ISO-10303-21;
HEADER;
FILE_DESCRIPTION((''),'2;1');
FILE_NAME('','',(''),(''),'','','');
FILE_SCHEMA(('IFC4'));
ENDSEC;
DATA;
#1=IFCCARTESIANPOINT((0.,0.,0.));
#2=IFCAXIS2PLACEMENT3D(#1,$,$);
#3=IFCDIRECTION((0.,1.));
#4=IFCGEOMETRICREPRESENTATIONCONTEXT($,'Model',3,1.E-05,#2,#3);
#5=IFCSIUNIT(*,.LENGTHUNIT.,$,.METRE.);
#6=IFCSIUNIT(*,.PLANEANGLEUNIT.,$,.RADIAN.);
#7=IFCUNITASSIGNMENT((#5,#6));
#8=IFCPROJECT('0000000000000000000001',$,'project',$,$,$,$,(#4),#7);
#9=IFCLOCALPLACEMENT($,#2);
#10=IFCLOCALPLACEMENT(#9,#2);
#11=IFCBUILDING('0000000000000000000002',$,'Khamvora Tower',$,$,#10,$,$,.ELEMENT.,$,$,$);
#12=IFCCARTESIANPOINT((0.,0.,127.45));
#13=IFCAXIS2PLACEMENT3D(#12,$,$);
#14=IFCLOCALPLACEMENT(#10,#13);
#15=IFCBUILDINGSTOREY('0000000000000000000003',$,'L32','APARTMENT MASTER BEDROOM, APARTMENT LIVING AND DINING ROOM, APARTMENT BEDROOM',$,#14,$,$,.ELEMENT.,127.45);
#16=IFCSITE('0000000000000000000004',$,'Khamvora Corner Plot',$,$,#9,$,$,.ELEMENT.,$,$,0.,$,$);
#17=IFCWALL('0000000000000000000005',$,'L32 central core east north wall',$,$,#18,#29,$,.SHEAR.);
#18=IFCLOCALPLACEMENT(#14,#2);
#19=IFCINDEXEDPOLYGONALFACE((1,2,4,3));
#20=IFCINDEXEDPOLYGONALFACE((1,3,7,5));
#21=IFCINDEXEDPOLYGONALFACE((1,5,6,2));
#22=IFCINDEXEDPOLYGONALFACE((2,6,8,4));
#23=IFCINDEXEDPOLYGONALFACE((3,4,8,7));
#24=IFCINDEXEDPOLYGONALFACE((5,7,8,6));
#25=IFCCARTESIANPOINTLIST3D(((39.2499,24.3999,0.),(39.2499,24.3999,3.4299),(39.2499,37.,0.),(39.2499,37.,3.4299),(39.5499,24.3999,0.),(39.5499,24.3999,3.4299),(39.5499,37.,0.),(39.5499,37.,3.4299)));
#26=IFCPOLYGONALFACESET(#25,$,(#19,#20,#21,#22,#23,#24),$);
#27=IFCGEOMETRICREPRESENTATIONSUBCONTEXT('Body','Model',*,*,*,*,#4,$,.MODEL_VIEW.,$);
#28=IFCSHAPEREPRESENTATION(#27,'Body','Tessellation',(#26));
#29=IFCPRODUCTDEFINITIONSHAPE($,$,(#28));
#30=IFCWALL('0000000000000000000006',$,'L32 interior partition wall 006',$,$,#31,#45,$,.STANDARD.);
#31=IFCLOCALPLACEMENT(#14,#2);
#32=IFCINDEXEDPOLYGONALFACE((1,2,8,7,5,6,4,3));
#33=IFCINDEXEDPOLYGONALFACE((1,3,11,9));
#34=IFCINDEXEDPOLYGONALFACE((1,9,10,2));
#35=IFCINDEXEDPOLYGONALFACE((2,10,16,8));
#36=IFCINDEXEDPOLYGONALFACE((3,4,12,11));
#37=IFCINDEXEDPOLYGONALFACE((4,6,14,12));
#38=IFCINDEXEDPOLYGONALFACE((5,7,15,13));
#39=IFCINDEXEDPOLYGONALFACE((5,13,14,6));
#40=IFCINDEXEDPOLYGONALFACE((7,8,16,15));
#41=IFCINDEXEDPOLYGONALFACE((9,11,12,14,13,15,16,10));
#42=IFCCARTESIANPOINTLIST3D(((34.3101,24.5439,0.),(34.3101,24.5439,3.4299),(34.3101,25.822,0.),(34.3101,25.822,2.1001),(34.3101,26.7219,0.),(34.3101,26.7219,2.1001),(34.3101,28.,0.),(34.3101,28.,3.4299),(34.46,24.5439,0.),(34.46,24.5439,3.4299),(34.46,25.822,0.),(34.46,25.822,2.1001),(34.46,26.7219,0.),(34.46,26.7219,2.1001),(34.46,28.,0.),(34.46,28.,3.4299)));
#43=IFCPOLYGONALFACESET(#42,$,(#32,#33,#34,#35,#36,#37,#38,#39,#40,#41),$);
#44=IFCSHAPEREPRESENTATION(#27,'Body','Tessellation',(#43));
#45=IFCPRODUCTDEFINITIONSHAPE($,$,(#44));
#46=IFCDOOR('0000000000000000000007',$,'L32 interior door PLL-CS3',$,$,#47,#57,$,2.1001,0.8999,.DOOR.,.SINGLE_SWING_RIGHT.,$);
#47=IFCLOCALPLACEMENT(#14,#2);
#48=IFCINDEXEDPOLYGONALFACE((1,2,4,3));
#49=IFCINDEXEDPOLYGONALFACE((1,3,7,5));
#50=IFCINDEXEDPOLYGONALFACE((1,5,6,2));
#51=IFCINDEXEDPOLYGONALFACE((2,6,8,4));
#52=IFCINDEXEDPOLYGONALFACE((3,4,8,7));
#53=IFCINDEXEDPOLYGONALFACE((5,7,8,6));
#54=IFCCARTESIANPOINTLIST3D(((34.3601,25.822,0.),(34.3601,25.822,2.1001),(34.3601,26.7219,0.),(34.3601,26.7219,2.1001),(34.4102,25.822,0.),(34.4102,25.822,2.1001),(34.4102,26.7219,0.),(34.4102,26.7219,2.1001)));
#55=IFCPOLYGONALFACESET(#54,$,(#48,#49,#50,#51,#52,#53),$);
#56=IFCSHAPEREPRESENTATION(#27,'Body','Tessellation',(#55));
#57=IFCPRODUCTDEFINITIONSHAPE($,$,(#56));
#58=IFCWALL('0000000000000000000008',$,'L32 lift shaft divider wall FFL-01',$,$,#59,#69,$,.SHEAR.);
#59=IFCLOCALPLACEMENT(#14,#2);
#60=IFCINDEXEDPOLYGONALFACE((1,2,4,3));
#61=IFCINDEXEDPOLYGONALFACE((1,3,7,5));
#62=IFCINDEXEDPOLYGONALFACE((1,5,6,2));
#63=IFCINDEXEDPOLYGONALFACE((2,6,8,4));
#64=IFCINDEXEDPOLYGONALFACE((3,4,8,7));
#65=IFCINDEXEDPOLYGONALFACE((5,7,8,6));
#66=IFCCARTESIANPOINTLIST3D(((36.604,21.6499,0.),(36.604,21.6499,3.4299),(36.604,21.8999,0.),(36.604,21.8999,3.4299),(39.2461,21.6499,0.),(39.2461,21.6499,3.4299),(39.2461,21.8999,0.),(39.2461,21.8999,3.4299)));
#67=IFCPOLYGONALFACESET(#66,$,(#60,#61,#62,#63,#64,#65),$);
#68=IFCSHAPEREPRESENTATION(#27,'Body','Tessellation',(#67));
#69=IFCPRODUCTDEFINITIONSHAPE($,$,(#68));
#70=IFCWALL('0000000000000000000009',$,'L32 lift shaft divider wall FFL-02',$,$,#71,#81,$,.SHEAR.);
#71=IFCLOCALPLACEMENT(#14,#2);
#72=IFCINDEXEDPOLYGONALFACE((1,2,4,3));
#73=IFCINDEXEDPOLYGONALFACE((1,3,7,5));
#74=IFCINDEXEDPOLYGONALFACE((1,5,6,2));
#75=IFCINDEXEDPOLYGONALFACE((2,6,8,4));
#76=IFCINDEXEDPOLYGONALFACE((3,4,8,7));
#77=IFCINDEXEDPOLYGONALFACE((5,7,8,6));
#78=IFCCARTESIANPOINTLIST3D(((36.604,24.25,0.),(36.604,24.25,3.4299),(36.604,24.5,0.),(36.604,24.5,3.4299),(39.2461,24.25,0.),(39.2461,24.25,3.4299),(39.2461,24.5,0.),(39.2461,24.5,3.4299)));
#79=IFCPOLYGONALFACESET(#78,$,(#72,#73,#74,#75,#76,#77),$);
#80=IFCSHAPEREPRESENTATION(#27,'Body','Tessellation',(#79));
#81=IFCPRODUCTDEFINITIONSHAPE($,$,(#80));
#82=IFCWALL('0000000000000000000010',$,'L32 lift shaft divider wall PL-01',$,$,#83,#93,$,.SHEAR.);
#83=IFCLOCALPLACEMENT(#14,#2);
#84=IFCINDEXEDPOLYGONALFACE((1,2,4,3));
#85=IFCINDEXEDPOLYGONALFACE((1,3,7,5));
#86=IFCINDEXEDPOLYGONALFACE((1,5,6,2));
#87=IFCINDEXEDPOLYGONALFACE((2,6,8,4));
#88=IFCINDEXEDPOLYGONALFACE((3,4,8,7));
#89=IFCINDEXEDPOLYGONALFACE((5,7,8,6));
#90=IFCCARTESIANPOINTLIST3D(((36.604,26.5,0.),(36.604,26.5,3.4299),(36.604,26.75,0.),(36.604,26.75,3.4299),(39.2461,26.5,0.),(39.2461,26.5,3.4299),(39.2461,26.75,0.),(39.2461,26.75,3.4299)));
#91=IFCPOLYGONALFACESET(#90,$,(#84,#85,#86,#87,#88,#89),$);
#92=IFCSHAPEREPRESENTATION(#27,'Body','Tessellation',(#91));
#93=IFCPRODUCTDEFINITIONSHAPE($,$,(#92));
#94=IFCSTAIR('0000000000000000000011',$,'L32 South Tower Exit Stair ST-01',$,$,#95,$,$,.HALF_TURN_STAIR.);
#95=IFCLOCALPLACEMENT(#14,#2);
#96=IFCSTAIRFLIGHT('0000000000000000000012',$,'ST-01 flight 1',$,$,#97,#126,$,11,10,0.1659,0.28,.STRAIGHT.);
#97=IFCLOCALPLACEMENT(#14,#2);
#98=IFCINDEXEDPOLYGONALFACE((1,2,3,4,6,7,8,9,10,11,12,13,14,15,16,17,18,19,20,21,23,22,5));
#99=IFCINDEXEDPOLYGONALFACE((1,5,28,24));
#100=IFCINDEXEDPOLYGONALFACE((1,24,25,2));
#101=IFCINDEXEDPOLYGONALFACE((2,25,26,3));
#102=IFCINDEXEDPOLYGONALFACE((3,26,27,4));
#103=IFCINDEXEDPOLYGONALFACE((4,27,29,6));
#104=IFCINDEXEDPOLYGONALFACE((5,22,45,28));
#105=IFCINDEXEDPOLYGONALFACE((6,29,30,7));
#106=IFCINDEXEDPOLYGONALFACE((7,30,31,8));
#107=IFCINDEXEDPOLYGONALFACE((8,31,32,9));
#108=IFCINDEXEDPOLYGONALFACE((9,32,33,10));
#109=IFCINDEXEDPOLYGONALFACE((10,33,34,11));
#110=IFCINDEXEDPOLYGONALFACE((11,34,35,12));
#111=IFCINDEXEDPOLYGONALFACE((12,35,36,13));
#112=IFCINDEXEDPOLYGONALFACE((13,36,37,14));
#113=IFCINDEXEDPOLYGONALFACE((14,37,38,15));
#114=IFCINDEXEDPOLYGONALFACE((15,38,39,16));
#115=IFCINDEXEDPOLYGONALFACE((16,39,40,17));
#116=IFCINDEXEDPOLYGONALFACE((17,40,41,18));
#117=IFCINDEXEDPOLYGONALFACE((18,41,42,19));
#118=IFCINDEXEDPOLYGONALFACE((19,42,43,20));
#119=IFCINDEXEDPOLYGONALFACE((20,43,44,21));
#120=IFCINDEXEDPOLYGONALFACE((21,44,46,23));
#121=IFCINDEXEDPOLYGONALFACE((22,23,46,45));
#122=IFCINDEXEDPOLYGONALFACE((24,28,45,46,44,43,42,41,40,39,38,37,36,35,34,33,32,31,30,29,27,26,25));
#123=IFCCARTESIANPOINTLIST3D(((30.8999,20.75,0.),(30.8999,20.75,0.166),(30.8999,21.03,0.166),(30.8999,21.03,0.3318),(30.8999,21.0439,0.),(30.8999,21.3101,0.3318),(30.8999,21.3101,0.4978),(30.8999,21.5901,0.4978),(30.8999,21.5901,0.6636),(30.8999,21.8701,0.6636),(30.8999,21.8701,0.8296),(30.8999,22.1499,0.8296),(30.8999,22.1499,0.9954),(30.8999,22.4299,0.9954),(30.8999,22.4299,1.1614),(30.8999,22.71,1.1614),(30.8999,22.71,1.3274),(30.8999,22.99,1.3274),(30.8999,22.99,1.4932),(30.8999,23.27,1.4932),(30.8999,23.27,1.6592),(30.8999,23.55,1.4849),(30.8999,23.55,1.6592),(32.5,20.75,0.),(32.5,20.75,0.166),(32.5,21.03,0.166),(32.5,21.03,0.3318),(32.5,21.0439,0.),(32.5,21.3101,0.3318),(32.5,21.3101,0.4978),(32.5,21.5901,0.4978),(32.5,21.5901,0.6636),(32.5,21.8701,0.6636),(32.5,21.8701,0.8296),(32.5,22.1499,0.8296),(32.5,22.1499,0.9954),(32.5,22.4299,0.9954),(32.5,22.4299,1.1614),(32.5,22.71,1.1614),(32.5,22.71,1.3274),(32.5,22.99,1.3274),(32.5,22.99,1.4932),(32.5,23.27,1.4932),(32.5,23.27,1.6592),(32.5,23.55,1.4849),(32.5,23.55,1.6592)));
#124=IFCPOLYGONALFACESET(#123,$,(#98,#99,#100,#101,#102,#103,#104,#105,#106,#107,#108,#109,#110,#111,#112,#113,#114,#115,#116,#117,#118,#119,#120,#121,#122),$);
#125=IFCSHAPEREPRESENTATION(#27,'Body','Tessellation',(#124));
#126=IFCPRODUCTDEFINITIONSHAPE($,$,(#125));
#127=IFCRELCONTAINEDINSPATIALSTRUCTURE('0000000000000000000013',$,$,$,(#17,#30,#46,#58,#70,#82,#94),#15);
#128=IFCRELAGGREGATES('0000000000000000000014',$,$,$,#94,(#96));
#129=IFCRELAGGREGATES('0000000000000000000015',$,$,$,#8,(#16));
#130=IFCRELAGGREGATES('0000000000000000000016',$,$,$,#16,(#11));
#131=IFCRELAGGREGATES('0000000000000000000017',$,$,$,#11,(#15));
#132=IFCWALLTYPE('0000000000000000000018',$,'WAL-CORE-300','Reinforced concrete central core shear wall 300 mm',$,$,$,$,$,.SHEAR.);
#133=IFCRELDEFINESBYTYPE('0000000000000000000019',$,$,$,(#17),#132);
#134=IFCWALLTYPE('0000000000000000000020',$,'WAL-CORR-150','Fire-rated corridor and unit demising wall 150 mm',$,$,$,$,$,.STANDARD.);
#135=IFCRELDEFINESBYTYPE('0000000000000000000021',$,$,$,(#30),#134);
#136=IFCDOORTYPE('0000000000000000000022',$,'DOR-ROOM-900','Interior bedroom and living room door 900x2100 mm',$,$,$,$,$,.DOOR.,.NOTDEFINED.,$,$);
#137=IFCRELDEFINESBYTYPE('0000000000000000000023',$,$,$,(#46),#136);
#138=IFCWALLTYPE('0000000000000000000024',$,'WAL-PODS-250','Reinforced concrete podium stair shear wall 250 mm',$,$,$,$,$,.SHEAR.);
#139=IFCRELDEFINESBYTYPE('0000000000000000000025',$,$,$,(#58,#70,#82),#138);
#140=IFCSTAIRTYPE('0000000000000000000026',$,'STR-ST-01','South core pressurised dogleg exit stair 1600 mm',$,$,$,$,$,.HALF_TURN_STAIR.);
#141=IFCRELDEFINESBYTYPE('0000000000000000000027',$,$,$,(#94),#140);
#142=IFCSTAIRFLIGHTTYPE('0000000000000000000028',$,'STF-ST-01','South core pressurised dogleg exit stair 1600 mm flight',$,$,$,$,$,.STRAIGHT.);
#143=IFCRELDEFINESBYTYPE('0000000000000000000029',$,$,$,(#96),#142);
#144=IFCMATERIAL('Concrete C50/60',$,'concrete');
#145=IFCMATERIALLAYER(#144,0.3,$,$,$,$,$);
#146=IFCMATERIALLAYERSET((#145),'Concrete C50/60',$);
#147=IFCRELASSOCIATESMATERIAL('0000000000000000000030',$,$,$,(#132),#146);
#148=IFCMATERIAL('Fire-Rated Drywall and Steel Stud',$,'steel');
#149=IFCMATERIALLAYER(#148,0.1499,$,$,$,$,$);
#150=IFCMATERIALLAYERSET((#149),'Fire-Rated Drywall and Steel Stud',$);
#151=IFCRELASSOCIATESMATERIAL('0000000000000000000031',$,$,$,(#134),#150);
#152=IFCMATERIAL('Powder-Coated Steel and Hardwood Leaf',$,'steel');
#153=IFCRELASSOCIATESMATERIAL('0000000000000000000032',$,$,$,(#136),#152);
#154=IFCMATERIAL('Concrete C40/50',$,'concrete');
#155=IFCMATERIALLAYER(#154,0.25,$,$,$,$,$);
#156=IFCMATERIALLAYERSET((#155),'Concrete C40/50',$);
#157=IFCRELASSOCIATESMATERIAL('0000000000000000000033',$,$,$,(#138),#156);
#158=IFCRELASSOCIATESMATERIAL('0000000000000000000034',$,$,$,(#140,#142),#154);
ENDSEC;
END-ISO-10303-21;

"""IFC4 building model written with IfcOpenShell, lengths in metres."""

from ifc_helpers import new_model, si_unit, direction, frame, frame_2d, origin, place, context, subcontext, project, spatial, polyline, rectangle, outline, extrude, material, layer, layer_set, type_object, element, fill, aggregate, save


model = new_model("IFC4")

# Units and contexts
model_context = context("Model", 3, precision=1e-05, world=origin(), true_north=direction((0.0, 1.0)))
body_context = subcontext(model_context, "Body", "Model", "MODEL_VIEW")
ifc_project = project(units=[si_unit("LENGTHUNIT", "METRE"), si_unit("PLANEANGLEUNIT", "RADIAN")], contexts=[model_context])

# Site, building, storey
site_placement = place(None, origin())
site = spatial("IfcSite", under=ifc_project, at=site_placement, Name="Khamvora Corner Plot", CompositionType="ELEMENT", RefElevation=0.0)
building_placement = place(site_placement, origin())
building = spatial("IfcBuilding", under=site, at=building_placement, Name="Khamvora Tower", CompositionType="ELEMENT")
storey_placement = place(building_placement, frame((0.0, 0.0, 127.45)))
storey = spatial("IfcBuildingStorey", under=building, at=storey_placement, Name="L32", Description="APARTMENT MASTER BEDROOM, APARTMENT LIVING AND DINING ROOM, APARTMENT BEDROOM", CompositionType="ELEMENT", Elevation=127.45)

# Wall
ifc_material_1 = material(Name="Concrete C50/60", Category="concrete")
ifc_layer_1 = layer(ifc_material_1, 0.3)
ifc_layer_set_1 = layer_set([ifc_layer_1], Name="Concrete C50/60")
wall_type_1 = type_object("IfcWallType", Name="WAL-CORE-300", Description="Reinforced concrete central core shear wall 300 mm", PredefinedType="SHEAR", material=ifc_layer_set_1)
wall_1_placement = place(storey_placement, frame((39.3999, 24.3999, 0.0), z_axis=(0.0, 0.0, 1.0), x_axis=(0.0, 1.0, 0.0)))
element("IfcWall", 1, at=wall_1_placement, inside=storey, type_object=wall_type_1, Name="L32 central core east north wall", PredefinedType="SHEAR", context=body_context, shape_type="SweptSolid", body=[
    extrude(rectangle(XDim=12.6001, YDim=0.3, at=frame_2d((6.3, 0.0))), origin(), (0.0, 0.0, 1.0), 3.4299),
])

# Shared definitions
ifc_material_2 = material(Name="Powder-Coated Steel and Hardwood Leaf", Category="steel")

# Wall, opening, door
ifc_material_3 = material(Name="Fire-Rated Drywall and Steel Stud", Category="steel")
ifc_layer_2 = layer(ifc_material_3, 0.1499)
ifc_layer_set_2 = layer_set([ifc_layer_2], Name="Fire-Rated Drywall and Steel Stud")
wall_type_2 = type_object("IfcWallType", Name="WAL-CORR-150", Description="Fire-rated corridor and unit demising wall 150 mm", PredefinedType="STANDARD", material=ifc_layer_set_2)
wall_2_placement = place(storey_placement, frame((34.385, 24.5439, 0.0), z_axis=(0.0, 0.0, 1.0), x_axis=(0.0, 1.0, 0.0)))
wall_2 = element("IfcWall", 2, at=wall_2_placement, inside=storey, type_object=wall_type_2, Name="L32 interior partition wall 006", PredefinedType="STANDARD", context=body_context, shape_type="SweptSolid", body=[
    extrude(rectangle(XDim=3.4561, YDim=0.1499, at=frame_2d((1.728, 0.0))), origin(), (0.0, 0.0, 1.0), 3.4299),
])
opening_1_placement = place(wall_2_placement, frame((1.2781, 0.0, 0.0)))
opening_1 = element("IfcOpeningElement", 3, at=opening_1_placement, cuts=wall_2, PredefinedType="OPENING", context=body_context, shape_type="SweptSolid", body=[
    extrude(rectangle(XDim=0.8999, YDim=2.1001, at=frame_2d((0.45, 1.05))), frame((0.0, 0.085, 0.0), z_axis=(0.0, -1.0, 0.0), x_axis=(1.0, 0.0, 0.0)), (0.0, 0.0, 1.0), 0.1699),
])
door_type_1 = type_object("IfcDoorType", Name="DOR-ROOM-900", Description="Interior bedroom and living room door 900x2100 mm", OperationType="NOTDEFINED", PredefinedType="DOOR", material=ifc_material_2)
door_1_placement = place(opening_1_placement, origin())
door_1 = element("IfcDoor", 4, at=door_1_placement, inside=storey, type_object=door_type_1, Name="L32 interior door PLL-CS3", OperationType="SINGLE_SWING_RIGHT", OverallHeight=2.1001, OverallWidth=0.8999, PredefinedType="DOOR", context=body_context, shape_type="SweptSolid", body=[
    extrude(rectangle(XDim=0.8999, YDim=2.1001, at=frame_2d((0.45, 1.05))), frame((0.0, 0.0249, 0.0), z_axis=(0.0, -1.0, 0.0), x_axis=(1.0, 0.0, 0.0)), (0.0, 0.0, 1.0), 0.05),
])
fill(opening_1, door_1)

# Walls
ifc_material_4 = material(Name="Concrete C40/50", Category="concrete")
ifc_layer_3 = layer(ifc_material_4, 0.25)
ifc_layer_set_3 = layer_set([ifc_layer_3], Name="Concrete C40/50")
wall_type_3 = type_object("IfcWallType", Name="WAL-PODS-250", Description="Reinforced concrete podium stair shear wall 250 mm", PredefinedType="SHEAR", material=ifc_layer_set_3)
for number, where, z_axis, x_axis, name in (
    (5, (36.604, 21.7749, 0.0), (0.0, 0.0, 1.0), (1.0, 0.0, 0.0), "L32 lift shaft divider wall FFL-01"),
    (6, (36.604, 24.375, 0.0), (0.0, 0.0, 1.0), (1.0, 0.0, 0.0), "L32 lift shaft divider wall FFL-02"),
    (7, (36.604, 26.625, 0.0), (0.0, 0.0, 1.0), (1.0, 0.0, 0.0), "L32 lift shaft divider wall PL-01"),
):
    element("IfcWall", number, at=place(storey_placement, frame(where, z_axis=z_axis, x_axis=x_axis)), inside=storey, type_object=wall_type_3, Name=name, PredefinedType="SHEAR", context=body_context, shape_type="SweptSolid", body=[
        extrude(rectangle(XDim=2.6421, YDim=0.25, at=frame_2d((1.321, 0.0))), origin(), (0.0, 0.0, 1.0), 3.4299),
    ])

# Stair, stair flight
stair_type = type_object("IfcStairType", Name="STR-ST-01", Description="South core pressurised dogleg exit stair 1600 mm", PredefinedType="HALF_TURN_STAIR", material=ifc_material_4)
stair_placement = place(storey_placement, origin())
stair = element("IfcStair", 8, at=stair_placement, inside=storey, type_object=stair_type, Name="L32 South Tower Exit Stair ST-01", PredefinedType="HALF_TURN_STAIR")
stair_flight_type = type_object("IfcStairFlightType", Name="STF-ST-01", Description="South core pressurised dogleg exit stair 1600 mm flight", PredefinedType="STRAIGHT", material=ifc_material_4)
stair_flight_placement = place(storey_placement, frame((31.7, 20.75, 0.0), z_axis=(0.0, 0.0, 1.0), x_axis=(0.0, 1.0, 0.0)))
stair_flight = element("IfcStairFlight", 9, at=stair_flight_placement, type_object=stair_flight_type, Name="ST-01 flight 1", NumberOfRisers=11, NumberOfTreads=10, PredefinedType="STRAIGHT", RiserHeight=0.1659, TreadLength=0.28, context=body_context, shape_type="SweptSolid", body=[
    extrude(outline(polyline([(0.0, 0.0), (0.0, 0.166), (0.28, 0.166), (0.28, 0.3318), (0.5601, 0.3318), (0.5601, 0.4978), (0.8401, 0.4978), (0.8401, 0.6636), (1.1201, 0.6636), (1.1201, 0.8296), (1.3999, 0.8296), (1.3999, 0.9954), (1.6799, 0.9954), (1.6799, 1.1614), (1.96, 1.1614), (1.96, 1.3274), (2.24, 1.3274), (2.24, 1.4932), (2.52, 1.4932), (2.52, 1.6592), (2.8, 1.6592), (2.8, 1.825), (2.8, 1.4849), (0.2939, 0.0), (0.0, 0.0)])), frame((0.0, 0.8, 0.0), z_axis=(0.0, -1.0, 0.0), x_axis=(1.0, 0.0, 0.0)), (0.0, 0.0, 1.0), 1.6001),
])
aggregate(stair, [stair_flight])

save(model, "model.ifc")
